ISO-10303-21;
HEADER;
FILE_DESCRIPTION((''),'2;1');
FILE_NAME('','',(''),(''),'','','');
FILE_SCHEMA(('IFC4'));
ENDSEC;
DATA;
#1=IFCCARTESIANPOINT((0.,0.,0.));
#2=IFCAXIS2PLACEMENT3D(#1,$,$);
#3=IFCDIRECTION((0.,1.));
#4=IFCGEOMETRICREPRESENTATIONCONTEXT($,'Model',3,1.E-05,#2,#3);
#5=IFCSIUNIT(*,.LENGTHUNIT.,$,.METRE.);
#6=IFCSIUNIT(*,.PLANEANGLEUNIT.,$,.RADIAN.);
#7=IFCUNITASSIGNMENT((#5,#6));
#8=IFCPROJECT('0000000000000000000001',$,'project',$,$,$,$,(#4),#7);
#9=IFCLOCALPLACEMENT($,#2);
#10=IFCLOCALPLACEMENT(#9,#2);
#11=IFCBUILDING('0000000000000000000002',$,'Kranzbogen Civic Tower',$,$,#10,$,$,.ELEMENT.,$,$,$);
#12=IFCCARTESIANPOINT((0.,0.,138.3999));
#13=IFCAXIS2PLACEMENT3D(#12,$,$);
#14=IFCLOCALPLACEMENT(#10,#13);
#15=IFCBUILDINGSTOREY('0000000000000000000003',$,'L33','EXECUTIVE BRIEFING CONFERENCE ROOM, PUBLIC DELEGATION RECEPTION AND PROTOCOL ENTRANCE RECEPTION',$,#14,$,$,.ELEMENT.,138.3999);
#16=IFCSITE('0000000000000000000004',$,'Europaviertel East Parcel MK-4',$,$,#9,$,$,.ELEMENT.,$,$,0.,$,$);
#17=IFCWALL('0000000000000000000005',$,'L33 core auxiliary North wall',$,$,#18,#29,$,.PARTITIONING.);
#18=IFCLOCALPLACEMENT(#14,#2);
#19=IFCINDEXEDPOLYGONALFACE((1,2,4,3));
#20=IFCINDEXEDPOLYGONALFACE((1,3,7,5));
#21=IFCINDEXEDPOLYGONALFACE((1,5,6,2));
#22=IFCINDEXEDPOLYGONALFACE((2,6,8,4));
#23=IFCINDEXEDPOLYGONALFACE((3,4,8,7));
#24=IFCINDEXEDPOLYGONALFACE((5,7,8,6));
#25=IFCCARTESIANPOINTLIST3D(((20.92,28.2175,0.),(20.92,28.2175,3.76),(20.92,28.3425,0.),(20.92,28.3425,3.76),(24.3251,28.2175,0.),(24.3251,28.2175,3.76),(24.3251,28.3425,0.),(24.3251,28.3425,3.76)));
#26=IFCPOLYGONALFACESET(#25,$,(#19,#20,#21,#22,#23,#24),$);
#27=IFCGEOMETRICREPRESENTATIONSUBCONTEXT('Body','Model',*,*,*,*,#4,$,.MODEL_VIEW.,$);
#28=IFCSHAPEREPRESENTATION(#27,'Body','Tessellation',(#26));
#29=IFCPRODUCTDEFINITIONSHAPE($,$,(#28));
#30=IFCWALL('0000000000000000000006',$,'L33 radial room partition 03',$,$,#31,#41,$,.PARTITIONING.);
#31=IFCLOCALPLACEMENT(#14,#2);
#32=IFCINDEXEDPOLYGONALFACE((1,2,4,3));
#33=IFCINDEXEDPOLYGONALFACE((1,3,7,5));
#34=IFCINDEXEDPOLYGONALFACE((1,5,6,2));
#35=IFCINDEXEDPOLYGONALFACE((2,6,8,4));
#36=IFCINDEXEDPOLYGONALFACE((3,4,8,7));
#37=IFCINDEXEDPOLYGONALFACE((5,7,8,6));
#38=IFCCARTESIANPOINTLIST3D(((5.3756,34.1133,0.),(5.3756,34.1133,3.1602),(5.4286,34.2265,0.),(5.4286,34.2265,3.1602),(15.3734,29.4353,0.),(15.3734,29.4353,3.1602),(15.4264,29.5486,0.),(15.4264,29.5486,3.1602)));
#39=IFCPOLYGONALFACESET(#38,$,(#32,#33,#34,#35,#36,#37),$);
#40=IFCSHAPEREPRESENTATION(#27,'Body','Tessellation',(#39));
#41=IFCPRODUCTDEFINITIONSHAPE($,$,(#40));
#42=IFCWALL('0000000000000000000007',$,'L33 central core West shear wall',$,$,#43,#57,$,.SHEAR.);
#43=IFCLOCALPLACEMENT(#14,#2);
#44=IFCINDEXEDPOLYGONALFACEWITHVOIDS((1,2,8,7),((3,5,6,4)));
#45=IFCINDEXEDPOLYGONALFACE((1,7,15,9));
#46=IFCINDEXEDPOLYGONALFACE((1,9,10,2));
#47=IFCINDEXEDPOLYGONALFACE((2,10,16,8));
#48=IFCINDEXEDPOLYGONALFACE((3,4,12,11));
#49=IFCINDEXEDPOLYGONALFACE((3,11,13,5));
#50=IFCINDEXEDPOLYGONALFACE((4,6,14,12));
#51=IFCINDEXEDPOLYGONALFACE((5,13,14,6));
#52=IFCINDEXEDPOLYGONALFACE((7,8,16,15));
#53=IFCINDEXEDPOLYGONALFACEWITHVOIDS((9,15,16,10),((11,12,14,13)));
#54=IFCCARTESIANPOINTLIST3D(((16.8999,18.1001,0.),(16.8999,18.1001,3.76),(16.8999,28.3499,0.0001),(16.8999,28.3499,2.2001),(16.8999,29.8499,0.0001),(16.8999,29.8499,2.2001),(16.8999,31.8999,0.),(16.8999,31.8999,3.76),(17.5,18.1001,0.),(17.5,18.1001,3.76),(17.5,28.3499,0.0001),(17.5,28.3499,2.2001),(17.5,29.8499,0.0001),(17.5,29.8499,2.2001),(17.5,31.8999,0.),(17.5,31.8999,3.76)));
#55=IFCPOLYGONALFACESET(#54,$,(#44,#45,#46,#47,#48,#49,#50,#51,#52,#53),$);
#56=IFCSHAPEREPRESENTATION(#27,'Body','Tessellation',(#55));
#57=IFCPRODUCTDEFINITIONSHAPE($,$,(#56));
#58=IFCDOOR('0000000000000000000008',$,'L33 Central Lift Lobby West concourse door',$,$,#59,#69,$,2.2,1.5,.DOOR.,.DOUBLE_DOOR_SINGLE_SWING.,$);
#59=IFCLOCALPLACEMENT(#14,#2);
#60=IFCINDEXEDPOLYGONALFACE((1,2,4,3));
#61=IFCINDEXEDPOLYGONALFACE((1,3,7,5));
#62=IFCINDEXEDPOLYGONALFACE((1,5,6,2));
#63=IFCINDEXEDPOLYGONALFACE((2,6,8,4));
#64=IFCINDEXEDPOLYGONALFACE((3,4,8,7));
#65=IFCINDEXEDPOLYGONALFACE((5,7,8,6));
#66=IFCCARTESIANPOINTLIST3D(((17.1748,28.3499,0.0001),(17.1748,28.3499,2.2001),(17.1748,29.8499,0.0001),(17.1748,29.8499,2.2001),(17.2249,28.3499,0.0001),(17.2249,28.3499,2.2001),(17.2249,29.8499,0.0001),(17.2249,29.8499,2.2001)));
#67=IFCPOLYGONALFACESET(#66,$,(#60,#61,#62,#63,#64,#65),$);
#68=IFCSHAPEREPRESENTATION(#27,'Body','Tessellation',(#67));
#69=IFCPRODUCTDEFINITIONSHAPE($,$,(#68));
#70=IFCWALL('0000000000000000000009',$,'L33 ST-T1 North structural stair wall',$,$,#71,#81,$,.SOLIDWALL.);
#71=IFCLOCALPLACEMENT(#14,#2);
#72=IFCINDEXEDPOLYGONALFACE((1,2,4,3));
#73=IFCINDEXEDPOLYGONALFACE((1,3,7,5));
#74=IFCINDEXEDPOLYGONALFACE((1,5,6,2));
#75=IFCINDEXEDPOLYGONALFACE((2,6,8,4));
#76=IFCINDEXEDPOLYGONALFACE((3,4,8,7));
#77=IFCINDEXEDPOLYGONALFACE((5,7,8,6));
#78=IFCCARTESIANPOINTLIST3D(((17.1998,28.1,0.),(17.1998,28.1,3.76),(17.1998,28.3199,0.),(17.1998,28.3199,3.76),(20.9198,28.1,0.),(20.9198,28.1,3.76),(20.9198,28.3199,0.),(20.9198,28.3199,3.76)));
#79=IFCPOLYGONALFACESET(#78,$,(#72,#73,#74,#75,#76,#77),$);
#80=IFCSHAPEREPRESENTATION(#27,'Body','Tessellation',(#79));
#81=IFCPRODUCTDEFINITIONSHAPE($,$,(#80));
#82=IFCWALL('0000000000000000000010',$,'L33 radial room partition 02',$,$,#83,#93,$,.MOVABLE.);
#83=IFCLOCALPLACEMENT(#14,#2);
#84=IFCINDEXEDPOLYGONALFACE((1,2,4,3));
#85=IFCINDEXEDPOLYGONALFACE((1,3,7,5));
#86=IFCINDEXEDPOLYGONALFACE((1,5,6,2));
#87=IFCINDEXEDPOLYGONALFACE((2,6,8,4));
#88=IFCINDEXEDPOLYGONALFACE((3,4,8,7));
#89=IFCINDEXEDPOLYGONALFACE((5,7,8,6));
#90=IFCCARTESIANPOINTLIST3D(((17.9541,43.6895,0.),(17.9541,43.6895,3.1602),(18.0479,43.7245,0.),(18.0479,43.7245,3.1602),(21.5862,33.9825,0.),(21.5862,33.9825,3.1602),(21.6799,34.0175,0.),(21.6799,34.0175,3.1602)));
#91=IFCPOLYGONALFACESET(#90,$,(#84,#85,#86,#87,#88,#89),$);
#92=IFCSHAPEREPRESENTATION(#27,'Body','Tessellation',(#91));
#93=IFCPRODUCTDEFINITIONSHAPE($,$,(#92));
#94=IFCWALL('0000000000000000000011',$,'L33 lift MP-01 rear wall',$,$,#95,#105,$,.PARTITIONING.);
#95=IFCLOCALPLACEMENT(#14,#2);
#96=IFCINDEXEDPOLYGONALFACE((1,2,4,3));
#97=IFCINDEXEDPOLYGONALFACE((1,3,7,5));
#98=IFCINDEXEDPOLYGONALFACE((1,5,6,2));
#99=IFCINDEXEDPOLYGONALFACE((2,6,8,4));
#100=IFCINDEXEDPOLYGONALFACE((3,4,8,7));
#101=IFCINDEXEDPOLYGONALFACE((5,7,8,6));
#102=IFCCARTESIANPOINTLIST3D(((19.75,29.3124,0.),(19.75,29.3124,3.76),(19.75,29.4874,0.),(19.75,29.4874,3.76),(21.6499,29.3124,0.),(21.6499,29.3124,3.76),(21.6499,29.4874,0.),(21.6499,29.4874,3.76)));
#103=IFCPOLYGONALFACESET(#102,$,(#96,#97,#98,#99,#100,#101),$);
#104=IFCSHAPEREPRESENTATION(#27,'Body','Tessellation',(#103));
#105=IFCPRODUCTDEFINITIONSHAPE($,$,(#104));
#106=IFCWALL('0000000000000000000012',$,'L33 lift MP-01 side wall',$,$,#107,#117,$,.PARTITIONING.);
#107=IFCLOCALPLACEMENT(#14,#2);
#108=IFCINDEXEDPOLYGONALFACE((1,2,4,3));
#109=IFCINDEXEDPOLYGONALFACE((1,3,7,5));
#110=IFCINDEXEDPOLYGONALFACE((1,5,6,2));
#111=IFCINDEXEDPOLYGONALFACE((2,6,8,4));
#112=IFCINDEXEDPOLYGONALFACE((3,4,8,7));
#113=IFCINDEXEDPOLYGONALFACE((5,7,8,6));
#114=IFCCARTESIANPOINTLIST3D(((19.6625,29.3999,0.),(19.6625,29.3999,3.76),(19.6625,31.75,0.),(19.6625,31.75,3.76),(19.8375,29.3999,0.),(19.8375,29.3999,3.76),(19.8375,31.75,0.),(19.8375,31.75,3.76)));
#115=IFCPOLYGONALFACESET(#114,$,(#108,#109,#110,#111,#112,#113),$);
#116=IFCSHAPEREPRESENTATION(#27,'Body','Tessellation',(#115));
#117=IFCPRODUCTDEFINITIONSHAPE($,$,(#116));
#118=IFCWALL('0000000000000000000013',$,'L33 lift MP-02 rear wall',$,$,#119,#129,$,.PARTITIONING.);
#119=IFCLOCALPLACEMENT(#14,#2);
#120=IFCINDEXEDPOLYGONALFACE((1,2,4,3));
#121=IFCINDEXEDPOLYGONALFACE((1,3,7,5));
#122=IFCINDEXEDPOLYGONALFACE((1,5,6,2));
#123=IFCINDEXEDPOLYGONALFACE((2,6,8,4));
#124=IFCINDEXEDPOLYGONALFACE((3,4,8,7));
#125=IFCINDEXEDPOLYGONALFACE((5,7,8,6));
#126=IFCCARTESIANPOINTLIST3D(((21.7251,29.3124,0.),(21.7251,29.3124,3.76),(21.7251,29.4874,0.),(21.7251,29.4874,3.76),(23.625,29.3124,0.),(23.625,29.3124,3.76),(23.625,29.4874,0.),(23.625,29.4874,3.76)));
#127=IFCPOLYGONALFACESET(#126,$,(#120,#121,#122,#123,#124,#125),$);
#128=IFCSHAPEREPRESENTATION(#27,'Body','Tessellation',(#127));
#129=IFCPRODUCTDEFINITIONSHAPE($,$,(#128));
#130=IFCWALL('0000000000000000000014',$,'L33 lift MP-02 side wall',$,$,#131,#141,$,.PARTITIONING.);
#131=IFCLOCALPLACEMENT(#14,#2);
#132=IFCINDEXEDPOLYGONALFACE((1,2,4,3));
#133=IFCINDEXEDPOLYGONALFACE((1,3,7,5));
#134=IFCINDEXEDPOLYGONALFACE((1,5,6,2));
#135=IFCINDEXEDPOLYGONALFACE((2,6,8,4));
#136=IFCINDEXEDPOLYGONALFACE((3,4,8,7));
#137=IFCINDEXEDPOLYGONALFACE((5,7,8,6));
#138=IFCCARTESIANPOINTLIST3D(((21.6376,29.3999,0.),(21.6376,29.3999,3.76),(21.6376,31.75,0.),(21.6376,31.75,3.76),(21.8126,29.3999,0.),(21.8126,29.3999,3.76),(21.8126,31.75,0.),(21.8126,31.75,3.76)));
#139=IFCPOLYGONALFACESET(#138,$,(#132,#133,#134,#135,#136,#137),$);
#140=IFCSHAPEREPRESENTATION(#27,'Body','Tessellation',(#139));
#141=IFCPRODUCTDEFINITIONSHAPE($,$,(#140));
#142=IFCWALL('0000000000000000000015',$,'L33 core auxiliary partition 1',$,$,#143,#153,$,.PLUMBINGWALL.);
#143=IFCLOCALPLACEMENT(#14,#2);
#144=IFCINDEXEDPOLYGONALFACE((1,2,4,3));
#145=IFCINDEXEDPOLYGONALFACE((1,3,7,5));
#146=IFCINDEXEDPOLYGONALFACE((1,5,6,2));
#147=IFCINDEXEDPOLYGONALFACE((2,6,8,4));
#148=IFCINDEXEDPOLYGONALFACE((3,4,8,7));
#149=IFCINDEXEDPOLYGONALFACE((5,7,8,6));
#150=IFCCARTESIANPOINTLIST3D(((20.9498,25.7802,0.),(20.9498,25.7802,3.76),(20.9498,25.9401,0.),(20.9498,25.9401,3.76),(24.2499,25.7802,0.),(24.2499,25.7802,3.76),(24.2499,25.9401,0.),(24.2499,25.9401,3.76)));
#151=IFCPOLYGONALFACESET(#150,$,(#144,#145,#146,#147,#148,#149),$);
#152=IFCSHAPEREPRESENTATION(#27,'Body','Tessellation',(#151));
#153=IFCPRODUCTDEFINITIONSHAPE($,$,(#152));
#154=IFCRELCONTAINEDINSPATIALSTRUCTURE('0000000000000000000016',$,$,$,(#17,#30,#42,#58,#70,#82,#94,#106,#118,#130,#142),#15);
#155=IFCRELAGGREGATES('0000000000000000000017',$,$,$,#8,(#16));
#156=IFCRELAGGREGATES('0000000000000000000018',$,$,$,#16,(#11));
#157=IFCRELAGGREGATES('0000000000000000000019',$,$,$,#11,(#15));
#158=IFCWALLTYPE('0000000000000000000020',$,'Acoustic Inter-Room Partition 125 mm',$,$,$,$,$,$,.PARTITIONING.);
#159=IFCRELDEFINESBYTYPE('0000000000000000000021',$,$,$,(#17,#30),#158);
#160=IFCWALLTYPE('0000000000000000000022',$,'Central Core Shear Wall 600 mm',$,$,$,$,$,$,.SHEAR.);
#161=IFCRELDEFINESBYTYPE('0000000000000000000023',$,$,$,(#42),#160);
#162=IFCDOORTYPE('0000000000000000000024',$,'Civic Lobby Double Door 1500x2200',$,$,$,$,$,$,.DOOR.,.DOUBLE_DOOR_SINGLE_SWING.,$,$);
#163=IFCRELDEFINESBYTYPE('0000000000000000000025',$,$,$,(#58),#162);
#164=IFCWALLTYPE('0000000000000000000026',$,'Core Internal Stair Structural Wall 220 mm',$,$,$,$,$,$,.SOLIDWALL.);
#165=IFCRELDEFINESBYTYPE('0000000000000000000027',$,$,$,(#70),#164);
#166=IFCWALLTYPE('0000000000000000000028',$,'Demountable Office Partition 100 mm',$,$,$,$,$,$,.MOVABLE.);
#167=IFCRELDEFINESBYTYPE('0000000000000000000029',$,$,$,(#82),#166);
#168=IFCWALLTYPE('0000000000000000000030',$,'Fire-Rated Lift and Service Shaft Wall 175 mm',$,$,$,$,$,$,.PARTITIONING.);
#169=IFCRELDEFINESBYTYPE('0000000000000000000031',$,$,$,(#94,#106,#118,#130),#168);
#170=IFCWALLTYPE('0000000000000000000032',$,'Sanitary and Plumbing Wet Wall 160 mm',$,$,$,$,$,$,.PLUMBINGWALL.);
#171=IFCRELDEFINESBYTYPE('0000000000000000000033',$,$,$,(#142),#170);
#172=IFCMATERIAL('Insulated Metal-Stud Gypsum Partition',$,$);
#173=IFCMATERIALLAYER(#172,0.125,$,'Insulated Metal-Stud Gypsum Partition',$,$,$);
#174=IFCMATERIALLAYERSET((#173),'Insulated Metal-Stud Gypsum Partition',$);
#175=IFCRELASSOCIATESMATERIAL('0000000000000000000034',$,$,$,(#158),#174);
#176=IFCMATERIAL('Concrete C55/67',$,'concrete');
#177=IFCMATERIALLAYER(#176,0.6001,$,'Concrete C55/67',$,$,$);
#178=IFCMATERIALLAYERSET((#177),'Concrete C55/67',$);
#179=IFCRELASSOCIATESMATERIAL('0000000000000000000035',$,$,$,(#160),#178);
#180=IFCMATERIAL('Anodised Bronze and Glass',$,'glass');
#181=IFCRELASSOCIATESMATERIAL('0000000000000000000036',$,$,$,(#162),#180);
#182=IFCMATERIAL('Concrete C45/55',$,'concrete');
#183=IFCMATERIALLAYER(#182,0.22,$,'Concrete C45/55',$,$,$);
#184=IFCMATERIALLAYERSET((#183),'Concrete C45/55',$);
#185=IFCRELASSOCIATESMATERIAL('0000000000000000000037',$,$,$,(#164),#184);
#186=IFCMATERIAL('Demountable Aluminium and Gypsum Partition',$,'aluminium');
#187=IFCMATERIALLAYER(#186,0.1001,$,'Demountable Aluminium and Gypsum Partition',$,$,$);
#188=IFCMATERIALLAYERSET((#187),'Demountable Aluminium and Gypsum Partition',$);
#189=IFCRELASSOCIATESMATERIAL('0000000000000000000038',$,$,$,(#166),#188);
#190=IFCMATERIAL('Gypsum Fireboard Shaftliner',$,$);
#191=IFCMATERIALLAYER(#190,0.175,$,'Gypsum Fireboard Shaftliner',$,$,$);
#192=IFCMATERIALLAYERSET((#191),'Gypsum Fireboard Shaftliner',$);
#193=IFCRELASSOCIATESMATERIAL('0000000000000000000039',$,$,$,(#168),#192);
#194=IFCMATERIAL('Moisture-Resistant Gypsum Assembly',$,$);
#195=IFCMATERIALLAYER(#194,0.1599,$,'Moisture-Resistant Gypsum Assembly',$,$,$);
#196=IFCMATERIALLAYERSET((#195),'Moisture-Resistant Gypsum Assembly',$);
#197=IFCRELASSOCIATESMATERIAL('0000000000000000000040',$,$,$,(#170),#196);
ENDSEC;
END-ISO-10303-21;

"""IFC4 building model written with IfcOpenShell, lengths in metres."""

from ifc_helpers import new_model, si_unit, direction, frame, frame_2d, origin, place, context, subcontext, project, spatial, rectangle, extrude, material, layer, layer_set, type_object, element, fill, save


model = new_model("IFC4")

# Units and contexts
model_context = context("Model", 3, precision=1e-05, world=origin(), true_north=direction((0.0, 1.0)))
body_context = subcontext(model_context, "Body", "Model", "MODEL_VIEW")
ifc_project = project(units=[si_unit("LENGTHUNIT", "METRE"), si_unit("PLANEANGLEUNIT", "RADIAN")], contexts=[model_context])

# Site, building, storey
site_placement = place(None, origin())
site = spatial("IfcSite", under=ifc_project, at=site_placement, Name="Europaviertel East Parcel MK-4", CompositionType="ELEMENT", RefElevation=0.0)
building_placement = place(site_placement, origin())
building = spatial("IfcBuilding", under=site, at=building_placement, Name="Kranzbogen Civic Tower", CompositionType="ELEMENT")
storey_placement = place(building_placement, frame((0.0, 0.0, 138.3999)))
storey = spatial("IfcBuildingStorey", under=building, at=storey_placement, Name="L33", Description="EXECUTIVE BRIEFING CONFERENCE ROOM, PUBLIC DELEGATION RECEPTION AND PROTOCOL ENTRANCE RECEPTION", CompositionType="ELEMENT", Elevation=138.3999)

# Walls
ifc_material_1 = material(Name="Insulated Metal-Stud Gypsum Partition")
ifc_layer_1 = layer(ifc_material_1, 0.125, Name="Insulated Metal-Stud Gypsum Partition")
ifc_layer_set_1 = layer_set([ifc_layer_1], Name="Insulated Metal-Stud Gypsum Partition")
wall_type_1 = type_object("IfcWallType", Name="Acoustic Inter-Room Partition 125 mm", PredefinedType="PARTITIONING", material=ifc_layer_set_1)
wall_1_placement = place(storey_placement, frame((20.9199, 28.28, 0.0), z_axis=(0.0, 0.0, 1.0), x_axis=(1.0, 0.0, 0.0)))
element("IfcWall", 1, at=wall_1_placement, inside=storey, type_object=wall_type_1, Name="L33 core auxiliary North wall", PredefinedType="PARTITIONING", context=body_context, shape_type="SweptSolid", body=[
    extrude(rectangle(XDim=3.405, YDim=0.125, at=frame_2d((1.7026, 0.0))), origin(), (0.0, 0.0, 1.0), 3.76),
])
wall_2_placement = place(storey_placement, frame((15.3999, 29.4919, 0.0), z_axis=(0.0, 0.0, 1.0), x_axis=(-0.905754, 0.423803, 0.0)))
element("IfcWall", 2, at=wall_2_placement, inside=storey, type_object=wall_type_1, Name="L33 radial room partition 03", PredefinedType="PARTITIONING", context=body_context, shape_type="SweptSolid", body=[
    extrude(rectangle(XDim=11.0381, YDim=0.125, at=frame_2d((5.519, 0.0))), origin(), (0.0, 0.0, 1.0), 3.1602),
])

# Wall, opening, door
ifc_material_2 = material(Name="Concrete C55/67", Category="concrete")
ifc_layer_2 = layer(ifc_material_2, 0.6001, Name="Concrete C55/67")
ifc_layer_set_2 = layer_set([ifc_layer_2], Name="Concrete C55/67")
wall_type_2 = type_object("IfcWallType", Name="Central Core Shear Wall 600 mm", PredefinedType="SHEAR", material=ifc_layer_set_2)
wall_3_placement = place(storey_placement, frame((17.2, 31.8999, 0.0), z_axis=(0.0, 0.0, 1.0), x_axis=(0.0, -1.0, 0.0)))
wall_3 = element("IfcWall", 3, at=wall_3_placement, inside=storey, type_object=wall_type_2, Name="L33 central core West shear wall", PredefinedType="SHEAR", context=body_context, shape_type="SweptSolid", body=[
    extrude(rectangle(XDim=13.7998, YDim=0.6001, at=frame_2d((6.8999, 0.0))), origin(), (0.0, 0.0, 1.0), 3.76),
])
opening_1_placement = place(wall_3_placement, frame((2.05, 0.0, 0.0)))
opening_1 = element("IfcOpeningElement", 4, at=opening_1_placement, cuts=wall_3, PredefinedType="OPENING", context=body_context, shape_type="SweptSolid", body=[
    extrude(rectangle(XDim=1.5, YDim=2.2, at=frame_2d((0.75, 1.1001))), frame((0.0, 0.3101, 0.0), z_axis=(0.0, -1.0, 0.0), x_axis=(1.0, 0.0, 0.0)), (0.0, 0.0, 1.0), 0.6201),
])
ifc_material_3 = material(Name="Anodised Bronze and Glass", Category="glass")
door_type_1 = type_object("IfcDoorType", Name="Civic Lobby Double Door 1500x2200", OperationType="DOUBLE_DOOR_SINGLE_SWING", PredefinedType="DOOR", material=ifc_material_3)
door_1_placement = place(opening_1_placement, origin())
door_1 = element("IfcDoor", 5, at=door_1_placement, inside=storey, type_object=door_type_1, Name="L33 Central Lift Lobby West concourse door", OperationType="DOUBLE_DOOR_SINGLE_SWING", OverallHeight=2.2, OverallWidth=1.5, PredefinedType="DOOR", context=body_context, shape_type="SweptSolid", body=[
    extrude(rectangle(XDim=1.5, YDim=2.2, at=frame_2d((0.75, 1.1001))), frame((0.0, 0.0249, 0.0), z_axis=(0.0, -1.0, 0.0), x_axis=(1.0, 0.0, 0.0)), (0.0, 0.0, 1.0), 0.05),
])
fill(opening_1, door_1)

# Walls
ifc_material_4 = material(Name="Concrete C45/55", Category="concrete")
ifc_layer_3 = layer(ifc_material_4, 0.22, Name="Concrete C45/55")
ifc_layer_set_3 = layer_set([ifc_layer_3], Name="Concrete C45/55")
wall_type_3 = type_object("IfcWallType", Name="Core Internal Stair Structural Wall 220 mm", PredefinedType="SOLIDWALL", material=ifc_layer_set_3)
wall_4_placement = place(storey_placement, frame((17.2, 28.21, 0.0), z_axis=(0.0, 0.0, 1.0), x_axis=(1.0, 0.0, 0.0)))
element("IfcWall", 6, at=wall_4_placement, inside=storey, type_object=wall_type_3, Name="L33 ST-T1 North structural stair wall", PredefinedType="SOLIDWALL", context=body_context, shape_type="SweptSolid", body=[
    extrude(rectangle(XDim=3.72, YDim=0.22, at=frame_2d((1.8599, 0.0))), origin(), (0.0, 0.0, 1.0), 3.76),
])
ifc_material_5 = material(Name="Demountable Aluminium and Gypsum Partition", Category="aluminium")
ifc_layer_4 = layer(ifc_material_5, 0.1001, Name="Demountable Aluminium and Gypsum Partition")
ifc_layer_set_4 = layer_set([ifc_layer_4], Name="Demountable Aluminium and Gypsum Partition")
wall_type_4 = type_object("IfcWallType", Name="Demountable Office Partition 100 mm", PredefinedType="MOVABLE", material=ifc_layer_set_4)
wall_5_placement = place(storey_placement, frame((21.6331, 34.0, 0.0), z_axis=(0.0, 0.0, 1.0), x_axis=(-0.350442, 0.936584, 0.0)))
element("IfcWall", 7, at=wall_5_placement, inside=storey, type_object=wall_type_4, Name="L33 radial room partition 02", PredefinedType="MOVABLE", context=body_context, shape_type="SweptSolid", body=[
    extrude(rectangle(XDim=10.3643, YDim=0.1001, at=frame_2d((5.1821, 0.0))), origin(), (0.0, 0.0, 1.0), 3.1602),
])
ifc_material_6 = material(Name="Gypsum Fireboard Shaftliner")
ifc_layer_5 = layer(ifc_material_6, 0.175, Name="Gypsum Fireboard Shaftliner")
ifc_layer_set_5 = layer_set([ifc_layer_5], Name="Gypsum Fireboard Shaftliner")
wall_type_5 = type_object("IfcWallType", Name="Fire-Rated Lift and Service Shaft Wall 175 mm", PredefinedType="PARTITIONING", material=ifc_layer_set_5)
wall_6_placement = place(storey_placement, frame((19.75, 29.3999, 0.0), z_axis=(0.0, 0.0, 1.0), x_axis=(1.0, 0.0, 0.0)))
element("IfcWall", 8, at=wall_6_placement, inside=storey, type_object=wall_type_5, Name="L33 lift MP-01 rear wall", PredefinedType="PARTITIONING", context=body_context, shape_type="SweptSolid", body=[
    extrude(rectangle(XDim=1.8999, YDim=0.175, at=frame_2d((0.95, 0.0))), origin(), (0.0, 0.0, 1.0), 3.76),
])
wall_7_placement = place(storey_placement, frame((19.75, 29.3999, 0.0), z_axis=(0.0, 0.0, 1.0), x_axis=(0.0, 1.0, 0.0)))
element("IfcWall", 9, at=wall_7_placement, inside=storey, type_object=wall_type_5, Name="L33 lift MP-01 side wall", PredefinedType="PARTITIONING", context=body_context, shape_type="SweptSolid", body=[
    extrude(rectangle(XDim=2.3501, YDim=0.175, at=frame_2d((1.175, 0.0))), origin(), (0.0, 0.0, 1.0), 3.76),
])
wall_8_placement = place(storey_placement, frame((21.7251, 29.3999, 0.0), z_axis=(0.0, 0.0, 1.0), x_axis=(1.0, 0.0, 0.0)))
element("IfcWall", 10, at=wall_8_placement, inside=storey, type_object=wall_type_5, Name="L33 lift MP-02 rear wall", PredefinedType="PARTITIONING", context=body_context, shape_type="SweptSolid", body=[
    extrude(rectangle(XDim=1.8999, YDim=0.175, at=frame_2d((0.95, 0.0))), origin(), (0.0, 0.0, 1.0), 3.76),
])
wall_9_placement = place(storey_placement, frame((21.7251, 29.3999, 0.0), z_axis=(0.0, 0.0, 1.0), x_axis=(0.0, 1.0, 0.0)))
element("IfcWall", 11, at=wall_9_placement, inside=storey, type_object=wall_type_5, Name="L33 lift MP-02 side wall", PredefinedType="PARTITIONING", context=body_context, shape_type="SweptSolid", body=[
    extrude(rectangle(XDim=2.3501, YDim=0.175, at=frame_2d((1.175, 0.0))), origin(), (0.0, 0.0, 1.0), 3.76),
])
ifc_material_7 = material(Name="Moisture-Resistant Gypsum Assembly")
ifc_layer_6 = layer(ifc_material_7, 0.1599, Name="Moisture-Resistant Gypsum Assembly")
ifc_layer_set_6 = layer_set([ifc_layer_6], Name="Moisture-Resistant Gypsum Assembly")
wall_type_6 = type_object("IfcWallType", Name="Sanitary and Plumbing Wet Wall 160 mm", PredefinedType="PLUMBINGWALL", material=ifc_layer_set_6)
wall_10_placement = place(storey_placement, frame((20.95, 25.8601, 0.0), z_axis=(0.0, 0.0, 1.0), x_axis=(1.0, 0.0, 0.0)))
element("IfcWall", 12, at=wall_10_placement, inside=storey, type_object=wall_type_6, Name="L33 core auxiliary partition 1", PredefinedType="PLUMBINGWALL", context=body_context, shape_type="SweptSolid", body=[
    extrude(rectangle(XDim=3.3, YDim=0.1599, at=frame_2d((1.6499, 0.0))), origin(), (0.0, 0.0, 1.0), 3.76),
])

save(model, "model.ifc")
